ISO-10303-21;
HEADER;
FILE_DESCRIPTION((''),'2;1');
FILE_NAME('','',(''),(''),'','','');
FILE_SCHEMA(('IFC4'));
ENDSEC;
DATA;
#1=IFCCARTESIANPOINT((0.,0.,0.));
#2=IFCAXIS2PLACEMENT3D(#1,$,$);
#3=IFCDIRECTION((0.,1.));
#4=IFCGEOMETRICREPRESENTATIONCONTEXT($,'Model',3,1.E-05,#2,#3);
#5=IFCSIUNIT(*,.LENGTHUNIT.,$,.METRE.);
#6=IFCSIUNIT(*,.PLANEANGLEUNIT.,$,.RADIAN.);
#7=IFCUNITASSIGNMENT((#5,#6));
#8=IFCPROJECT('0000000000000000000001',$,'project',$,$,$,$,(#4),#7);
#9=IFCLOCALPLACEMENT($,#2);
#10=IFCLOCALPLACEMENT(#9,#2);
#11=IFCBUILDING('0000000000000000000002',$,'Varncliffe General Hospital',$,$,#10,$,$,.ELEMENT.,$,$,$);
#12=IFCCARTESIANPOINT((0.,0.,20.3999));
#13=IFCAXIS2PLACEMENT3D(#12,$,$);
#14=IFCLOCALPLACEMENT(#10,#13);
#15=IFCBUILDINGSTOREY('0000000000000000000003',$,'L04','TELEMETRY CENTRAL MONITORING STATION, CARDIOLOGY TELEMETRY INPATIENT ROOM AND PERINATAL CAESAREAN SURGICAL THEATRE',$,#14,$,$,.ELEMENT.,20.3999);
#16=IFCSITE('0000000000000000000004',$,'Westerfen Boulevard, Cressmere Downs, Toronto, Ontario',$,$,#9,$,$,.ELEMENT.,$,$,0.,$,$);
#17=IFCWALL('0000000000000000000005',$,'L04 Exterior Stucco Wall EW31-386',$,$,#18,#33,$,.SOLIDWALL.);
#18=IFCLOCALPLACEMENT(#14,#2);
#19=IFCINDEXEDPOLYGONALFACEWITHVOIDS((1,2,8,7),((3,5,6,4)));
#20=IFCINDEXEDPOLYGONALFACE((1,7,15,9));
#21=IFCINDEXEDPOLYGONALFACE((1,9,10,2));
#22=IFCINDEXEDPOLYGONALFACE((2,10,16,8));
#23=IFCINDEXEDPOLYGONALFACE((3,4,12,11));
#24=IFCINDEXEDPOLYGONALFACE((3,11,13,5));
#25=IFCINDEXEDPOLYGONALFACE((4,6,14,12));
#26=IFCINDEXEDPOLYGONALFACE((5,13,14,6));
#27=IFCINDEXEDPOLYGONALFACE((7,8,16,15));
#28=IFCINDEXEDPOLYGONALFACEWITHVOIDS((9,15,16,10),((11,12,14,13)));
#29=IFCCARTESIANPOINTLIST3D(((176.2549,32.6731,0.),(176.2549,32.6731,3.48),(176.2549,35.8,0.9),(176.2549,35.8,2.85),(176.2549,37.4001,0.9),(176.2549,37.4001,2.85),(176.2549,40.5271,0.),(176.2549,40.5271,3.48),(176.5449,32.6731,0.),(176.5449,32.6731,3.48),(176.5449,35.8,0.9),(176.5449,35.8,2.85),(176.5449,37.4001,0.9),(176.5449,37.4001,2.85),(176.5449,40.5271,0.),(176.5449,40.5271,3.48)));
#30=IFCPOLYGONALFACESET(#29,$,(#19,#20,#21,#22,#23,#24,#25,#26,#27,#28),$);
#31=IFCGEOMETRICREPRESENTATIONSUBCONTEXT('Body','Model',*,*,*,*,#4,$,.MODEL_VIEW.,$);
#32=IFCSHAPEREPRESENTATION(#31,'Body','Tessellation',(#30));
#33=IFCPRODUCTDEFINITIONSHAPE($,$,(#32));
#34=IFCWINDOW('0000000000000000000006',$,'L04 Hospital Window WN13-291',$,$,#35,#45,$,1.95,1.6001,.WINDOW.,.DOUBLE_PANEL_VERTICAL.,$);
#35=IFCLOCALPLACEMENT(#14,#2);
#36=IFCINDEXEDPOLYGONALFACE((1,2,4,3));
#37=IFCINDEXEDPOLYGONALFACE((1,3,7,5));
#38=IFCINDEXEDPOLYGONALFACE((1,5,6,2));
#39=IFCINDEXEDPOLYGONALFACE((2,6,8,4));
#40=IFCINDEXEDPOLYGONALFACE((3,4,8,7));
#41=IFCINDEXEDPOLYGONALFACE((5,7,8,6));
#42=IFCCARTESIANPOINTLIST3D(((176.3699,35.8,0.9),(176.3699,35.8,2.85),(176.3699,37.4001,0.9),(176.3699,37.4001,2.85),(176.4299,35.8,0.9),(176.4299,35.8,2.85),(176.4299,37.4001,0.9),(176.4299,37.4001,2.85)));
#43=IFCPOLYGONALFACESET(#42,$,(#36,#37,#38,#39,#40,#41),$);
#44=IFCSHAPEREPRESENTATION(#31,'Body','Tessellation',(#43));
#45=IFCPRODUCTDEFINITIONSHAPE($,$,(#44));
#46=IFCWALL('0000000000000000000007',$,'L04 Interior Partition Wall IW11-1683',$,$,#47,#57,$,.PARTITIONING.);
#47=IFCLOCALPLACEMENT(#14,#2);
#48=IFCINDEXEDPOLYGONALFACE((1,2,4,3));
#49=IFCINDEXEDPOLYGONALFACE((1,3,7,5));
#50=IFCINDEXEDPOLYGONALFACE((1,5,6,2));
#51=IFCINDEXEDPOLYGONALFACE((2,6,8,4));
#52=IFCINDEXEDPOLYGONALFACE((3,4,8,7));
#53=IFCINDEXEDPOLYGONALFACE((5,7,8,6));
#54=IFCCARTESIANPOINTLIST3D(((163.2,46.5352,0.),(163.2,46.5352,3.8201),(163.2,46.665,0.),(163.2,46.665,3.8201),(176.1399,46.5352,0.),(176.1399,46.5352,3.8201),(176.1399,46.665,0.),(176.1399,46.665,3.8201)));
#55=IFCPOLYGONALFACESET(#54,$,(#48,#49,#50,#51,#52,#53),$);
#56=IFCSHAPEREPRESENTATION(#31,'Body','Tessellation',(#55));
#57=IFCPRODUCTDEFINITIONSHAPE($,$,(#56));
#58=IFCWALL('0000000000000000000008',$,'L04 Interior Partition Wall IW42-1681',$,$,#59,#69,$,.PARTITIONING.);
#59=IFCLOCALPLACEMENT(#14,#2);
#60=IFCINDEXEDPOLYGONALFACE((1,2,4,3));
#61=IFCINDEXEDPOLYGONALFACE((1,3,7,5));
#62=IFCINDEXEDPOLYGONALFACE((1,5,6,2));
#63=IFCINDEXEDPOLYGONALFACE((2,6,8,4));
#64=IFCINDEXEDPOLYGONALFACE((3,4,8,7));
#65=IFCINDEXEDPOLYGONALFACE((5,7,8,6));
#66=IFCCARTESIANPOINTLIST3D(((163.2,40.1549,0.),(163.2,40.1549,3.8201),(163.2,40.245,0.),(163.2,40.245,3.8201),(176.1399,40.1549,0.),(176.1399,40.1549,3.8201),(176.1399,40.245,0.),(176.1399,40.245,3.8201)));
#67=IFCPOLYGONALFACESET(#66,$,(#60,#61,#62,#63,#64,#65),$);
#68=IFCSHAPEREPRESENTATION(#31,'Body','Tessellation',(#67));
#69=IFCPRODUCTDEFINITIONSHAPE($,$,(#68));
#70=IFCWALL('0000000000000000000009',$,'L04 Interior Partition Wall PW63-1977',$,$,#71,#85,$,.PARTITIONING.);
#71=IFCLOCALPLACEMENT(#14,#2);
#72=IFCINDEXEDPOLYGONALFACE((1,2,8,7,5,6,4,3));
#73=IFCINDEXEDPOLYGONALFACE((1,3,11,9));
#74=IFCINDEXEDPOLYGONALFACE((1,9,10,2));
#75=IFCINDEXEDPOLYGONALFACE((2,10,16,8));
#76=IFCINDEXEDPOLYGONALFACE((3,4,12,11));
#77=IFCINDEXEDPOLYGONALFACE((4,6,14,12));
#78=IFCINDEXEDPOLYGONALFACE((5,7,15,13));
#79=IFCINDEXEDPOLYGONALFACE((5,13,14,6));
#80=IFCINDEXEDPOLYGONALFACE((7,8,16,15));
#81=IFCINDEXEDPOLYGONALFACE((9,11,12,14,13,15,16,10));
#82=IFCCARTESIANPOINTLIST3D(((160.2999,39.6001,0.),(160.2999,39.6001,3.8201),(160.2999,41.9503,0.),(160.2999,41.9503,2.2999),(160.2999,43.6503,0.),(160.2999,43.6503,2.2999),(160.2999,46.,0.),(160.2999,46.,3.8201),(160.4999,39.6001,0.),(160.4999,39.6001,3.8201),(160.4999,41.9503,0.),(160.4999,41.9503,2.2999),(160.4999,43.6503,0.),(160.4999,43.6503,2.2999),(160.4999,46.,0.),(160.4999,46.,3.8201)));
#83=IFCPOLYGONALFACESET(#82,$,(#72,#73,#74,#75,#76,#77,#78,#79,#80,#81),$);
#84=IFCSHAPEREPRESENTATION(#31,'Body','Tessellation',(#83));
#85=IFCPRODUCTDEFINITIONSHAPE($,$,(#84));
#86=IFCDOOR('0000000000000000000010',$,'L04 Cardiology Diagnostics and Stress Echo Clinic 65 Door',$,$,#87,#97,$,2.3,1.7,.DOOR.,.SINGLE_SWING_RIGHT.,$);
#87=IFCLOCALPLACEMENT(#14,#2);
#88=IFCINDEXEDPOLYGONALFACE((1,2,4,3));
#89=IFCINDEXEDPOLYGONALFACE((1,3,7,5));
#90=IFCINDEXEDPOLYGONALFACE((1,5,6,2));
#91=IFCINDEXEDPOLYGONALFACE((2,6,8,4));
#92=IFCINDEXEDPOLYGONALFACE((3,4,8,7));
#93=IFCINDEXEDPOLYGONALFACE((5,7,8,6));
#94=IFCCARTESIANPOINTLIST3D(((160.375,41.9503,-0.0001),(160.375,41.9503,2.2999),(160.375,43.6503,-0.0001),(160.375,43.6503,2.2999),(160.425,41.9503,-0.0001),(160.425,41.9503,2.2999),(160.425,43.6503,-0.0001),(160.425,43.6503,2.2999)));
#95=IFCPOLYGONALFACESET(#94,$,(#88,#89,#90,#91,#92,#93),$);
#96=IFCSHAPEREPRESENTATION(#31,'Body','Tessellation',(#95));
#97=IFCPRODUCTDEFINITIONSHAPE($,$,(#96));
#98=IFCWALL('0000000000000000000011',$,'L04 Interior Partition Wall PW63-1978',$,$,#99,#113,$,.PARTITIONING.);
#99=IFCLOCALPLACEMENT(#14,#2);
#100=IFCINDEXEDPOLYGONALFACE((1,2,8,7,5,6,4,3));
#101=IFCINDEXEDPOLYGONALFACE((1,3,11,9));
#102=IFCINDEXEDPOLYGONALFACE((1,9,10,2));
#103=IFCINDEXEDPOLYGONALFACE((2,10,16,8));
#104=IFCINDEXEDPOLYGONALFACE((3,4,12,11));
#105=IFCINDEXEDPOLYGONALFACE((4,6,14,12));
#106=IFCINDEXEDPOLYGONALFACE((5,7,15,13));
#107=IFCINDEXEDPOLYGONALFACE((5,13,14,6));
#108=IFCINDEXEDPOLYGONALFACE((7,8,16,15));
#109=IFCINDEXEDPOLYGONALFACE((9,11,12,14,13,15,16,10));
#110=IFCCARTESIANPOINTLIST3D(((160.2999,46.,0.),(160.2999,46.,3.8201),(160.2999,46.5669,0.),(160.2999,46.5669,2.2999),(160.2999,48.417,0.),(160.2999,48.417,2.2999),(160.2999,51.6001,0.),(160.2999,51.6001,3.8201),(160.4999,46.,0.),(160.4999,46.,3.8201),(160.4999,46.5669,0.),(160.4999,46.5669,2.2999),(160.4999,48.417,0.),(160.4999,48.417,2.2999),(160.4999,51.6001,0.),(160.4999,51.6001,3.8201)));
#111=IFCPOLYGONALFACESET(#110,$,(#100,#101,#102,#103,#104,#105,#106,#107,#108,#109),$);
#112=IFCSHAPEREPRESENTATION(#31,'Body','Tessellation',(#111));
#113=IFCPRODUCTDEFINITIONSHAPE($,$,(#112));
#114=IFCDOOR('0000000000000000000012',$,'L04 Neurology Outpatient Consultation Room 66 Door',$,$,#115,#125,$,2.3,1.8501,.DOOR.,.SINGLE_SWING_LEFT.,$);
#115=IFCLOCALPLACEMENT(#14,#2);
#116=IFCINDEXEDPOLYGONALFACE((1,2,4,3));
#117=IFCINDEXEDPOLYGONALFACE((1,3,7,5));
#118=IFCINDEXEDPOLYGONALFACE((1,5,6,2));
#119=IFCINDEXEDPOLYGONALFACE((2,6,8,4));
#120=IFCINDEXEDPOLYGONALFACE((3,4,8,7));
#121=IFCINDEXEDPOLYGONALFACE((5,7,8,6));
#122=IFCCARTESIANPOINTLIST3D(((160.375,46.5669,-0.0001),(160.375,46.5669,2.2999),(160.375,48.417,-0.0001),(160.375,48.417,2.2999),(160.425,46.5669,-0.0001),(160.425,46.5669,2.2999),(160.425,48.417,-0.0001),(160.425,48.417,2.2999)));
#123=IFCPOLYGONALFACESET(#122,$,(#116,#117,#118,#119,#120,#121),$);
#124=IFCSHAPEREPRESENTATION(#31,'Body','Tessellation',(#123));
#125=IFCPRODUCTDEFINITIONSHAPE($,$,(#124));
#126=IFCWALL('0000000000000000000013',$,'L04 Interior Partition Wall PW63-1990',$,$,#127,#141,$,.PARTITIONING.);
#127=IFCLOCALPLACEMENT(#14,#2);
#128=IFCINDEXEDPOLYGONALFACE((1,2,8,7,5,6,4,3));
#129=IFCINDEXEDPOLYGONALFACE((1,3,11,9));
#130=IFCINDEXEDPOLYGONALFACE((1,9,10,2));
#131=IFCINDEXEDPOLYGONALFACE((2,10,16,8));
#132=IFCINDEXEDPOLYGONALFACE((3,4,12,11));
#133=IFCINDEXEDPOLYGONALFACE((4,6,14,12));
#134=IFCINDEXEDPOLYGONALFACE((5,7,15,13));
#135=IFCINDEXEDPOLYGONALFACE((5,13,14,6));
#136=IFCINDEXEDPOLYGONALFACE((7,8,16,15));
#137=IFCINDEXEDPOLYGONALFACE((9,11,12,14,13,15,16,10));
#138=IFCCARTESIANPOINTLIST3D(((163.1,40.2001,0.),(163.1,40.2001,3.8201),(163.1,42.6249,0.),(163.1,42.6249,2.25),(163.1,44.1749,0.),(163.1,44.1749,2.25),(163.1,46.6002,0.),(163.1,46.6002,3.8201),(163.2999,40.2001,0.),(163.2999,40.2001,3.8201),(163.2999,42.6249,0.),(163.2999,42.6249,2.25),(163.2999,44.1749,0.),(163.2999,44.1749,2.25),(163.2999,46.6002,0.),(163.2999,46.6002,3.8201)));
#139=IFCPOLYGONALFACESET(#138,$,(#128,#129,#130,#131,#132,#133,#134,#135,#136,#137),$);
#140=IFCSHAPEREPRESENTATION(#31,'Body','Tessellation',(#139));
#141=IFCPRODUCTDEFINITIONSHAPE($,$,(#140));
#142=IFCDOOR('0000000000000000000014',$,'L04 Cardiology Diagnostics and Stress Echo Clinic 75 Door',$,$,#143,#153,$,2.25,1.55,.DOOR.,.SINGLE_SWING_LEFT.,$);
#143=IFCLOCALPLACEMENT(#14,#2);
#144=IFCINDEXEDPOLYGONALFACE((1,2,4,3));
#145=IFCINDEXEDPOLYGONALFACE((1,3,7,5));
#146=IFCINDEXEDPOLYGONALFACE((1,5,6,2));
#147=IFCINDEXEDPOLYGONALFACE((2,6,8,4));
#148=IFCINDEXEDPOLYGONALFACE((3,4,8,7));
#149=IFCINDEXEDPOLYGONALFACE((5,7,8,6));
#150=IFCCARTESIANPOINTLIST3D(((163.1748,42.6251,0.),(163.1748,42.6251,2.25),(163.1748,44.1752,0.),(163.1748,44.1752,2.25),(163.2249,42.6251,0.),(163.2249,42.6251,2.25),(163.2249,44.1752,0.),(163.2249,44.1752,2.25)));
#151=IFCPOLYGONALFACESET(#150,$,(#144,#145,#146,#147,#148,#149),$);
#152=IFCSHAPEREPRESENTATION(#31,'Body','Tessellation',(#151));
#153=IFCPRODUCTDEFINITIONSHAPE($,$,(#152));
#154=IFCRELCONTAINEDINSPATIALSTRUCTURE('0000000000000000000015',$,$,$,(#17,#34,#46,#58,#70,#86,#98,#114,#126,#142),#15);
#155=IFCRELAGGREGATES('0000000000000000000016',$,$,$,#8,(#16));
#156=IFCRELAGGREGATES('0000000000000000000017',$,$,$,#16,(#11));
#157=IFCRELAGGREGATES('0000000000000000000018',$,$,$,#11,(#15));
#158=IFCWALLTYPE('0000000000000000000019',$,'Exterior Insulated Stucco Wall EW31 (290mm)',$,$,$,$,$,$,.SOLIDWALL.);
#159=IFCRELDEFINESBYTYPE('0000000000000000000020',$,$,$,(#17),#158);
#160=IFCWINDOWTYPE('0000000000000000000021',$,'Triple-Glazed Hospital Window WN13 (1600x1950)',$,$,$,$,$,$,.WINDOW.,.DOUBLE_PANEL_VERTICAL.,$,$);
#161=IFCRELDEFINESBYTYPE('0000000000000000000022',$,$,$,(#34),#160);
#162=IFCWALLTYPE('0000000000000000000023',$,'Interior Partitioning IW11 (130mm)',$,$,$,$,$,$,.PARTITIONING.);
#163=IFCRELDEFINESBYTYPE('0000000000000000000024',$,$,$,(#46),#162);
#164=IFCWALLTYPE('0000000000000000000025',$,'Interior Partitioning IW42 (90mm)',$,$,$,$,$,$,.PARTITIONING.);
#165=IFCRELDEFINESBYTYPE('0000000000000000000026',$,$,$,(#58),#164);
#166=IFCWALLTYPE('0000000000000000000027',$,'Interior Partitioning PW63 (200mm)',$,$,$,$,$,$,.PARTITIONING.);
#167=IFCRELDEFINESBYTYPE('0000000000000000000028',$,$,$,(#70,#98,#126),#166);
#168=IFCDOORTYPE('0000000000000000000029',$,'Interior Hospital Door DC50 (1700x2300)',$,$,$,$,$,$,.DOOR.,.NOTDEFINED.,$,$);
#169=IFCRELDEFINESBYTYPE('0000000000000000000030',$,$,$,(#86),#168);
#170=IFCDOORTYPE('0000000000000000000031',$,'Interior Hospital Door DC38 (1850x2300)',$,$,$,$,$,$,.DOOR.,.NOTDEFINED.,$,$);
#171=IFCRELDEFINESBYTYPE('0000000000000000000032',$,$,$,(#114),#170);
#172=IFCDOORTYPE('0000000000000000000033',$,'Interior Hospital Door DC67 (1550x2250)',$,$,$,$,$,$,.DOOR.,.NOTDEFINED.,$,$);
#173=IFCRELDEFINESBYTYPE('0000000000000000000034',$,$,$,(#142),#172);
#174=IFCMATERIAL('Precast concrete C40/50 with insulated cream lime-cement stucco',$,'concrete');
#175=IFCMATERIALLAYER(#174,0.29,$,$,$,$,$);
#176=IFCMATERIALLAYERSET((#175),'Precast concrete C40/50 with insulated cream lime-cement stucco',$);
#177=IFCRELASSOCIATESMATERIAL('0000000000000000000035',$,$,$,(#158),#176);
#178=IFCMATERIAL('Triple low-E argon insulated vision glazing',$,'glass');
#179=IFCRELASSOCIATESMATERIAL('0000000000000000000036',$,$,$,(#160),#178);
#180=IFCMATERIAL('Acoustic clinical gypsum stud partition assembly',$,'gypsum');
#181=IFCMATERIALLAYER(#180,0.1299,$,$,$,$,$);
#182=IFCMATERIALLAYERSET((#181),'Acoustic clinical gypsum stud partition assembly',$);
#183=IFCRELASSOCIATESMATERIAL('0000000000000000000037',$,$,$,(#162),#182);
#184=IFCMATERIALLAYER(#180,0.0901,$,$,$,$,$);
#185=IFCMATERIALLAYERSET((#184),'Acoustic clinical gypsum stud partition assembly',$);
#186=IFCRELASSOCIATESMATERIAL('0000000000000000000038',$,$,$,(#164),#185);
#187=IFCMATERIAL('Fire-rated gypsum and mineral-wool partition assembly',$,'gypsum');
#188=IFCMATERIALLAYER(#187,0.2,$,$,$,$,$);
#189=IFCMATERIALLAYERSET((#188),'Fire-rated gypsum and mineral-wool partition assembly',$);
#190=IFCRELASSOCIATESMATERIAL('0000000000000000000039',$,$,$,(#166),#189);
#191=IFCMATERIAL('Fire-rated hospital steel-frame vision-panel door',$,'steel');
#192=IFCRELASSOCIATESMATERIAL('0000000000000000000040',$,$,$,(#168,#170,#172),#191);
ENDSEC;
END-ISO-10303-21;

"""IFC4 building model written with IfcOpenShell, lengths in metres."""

from ifc_helpers import new_model, si_unit, direction, frame, frame_2d, origin, place, context, subcontext, project, spatial, rectangle, extrude, material, layer, layer_set, type_object, element, fill, save


model = new_model("IFC4")

# Units and contexts
model_context = context("Model", 3, precision=1e-05, world=origin(), true_north=direction((0.0, 1.0)))
body_context = subcontext(model_context, "Body", "Model", "MODEL_VIEW")
ifc_project = project(units=[si_unit("LENGTHUNIT", "METRE"), si_unit("PLANEANGLEUNIT", "RADIAN")], contexts=[model_context])

# Site, building, storey
site_placement = place(None, origin())
site = spatial("IfcSite", under=ifc_project, at=site_placement, Name="Westerfen Boulevard, Cressmere Downs, Toronto, Ontario", CompositionType="ELEMENT", RefElevation=0.0)
building_placement = place(site_placement, origin())
building = spatial("IfcBuilding", under=site, at=building_placement, Name="Varncliffe General Hospital", CompositionType="ELEMENT")
storey_placement = place(building_placement, frame((0.0, 0.0, 20.3999)))
storey = spatial("IfcBuildingStorey", under=building, at=storey_placement, Name="L04", Description="TELEMETRY CENTRAL MONITORING STATION, CARDIOLOGY TELEMETRY INPATIENT ROOM AND PERINATAL CAESAREAN SURGICAL THEATRE", CompositionType="ELEMENT", Elevation=20.3999)

# Wall, opening, window
ifc_material_1 = material(Name="Precast concrete C40/50 with insulated cream lime-cement stucco", Category="concrete")
ifc_material_2 = material(Name="Triple low-E argon insulated vision glazing", Category="glass")
ifc_layer_1 = layer(ifc_material_1, 0.29)
ifc_layer_set_1 = layer_set([ifc_layer_1], Name="Precast concrete C40/50 with insulated cream lime-cement stucco")
wall_type_1 = type_object("IfcWallType", Name="Exterior Insulated Stucco Wall EW31 (290mm)", PredefinedType="SOLIDWALL", material=ifc_layer_set_1)
wall_1_placement = place(storey_placement, frame((176.3999, 40.5271, 0.0), z_axis=(0.0, 0.0, 1.0), x_axis=(0.0, -1.0, 0.0)))
wall_1 = element("IfcWall", 1, at=wall_1_placement, inside=storey, type_object=wall_type_1, Name="L04 Exterior Stucco Wall EW31-386", PredefinedType="SOLIDWALL", context=body_context, shape_type="SweptSolid", body=[
    extrude(rectangle(XDim=7.854, YDim=0.29, at=frame_2d((3.927, 0.0))), origin(), (0.0, 0.0, 1.0), 3.48),
])
opening_1_placement = place(wall_1_placement, frame((3.127, 0.0, 0.8999)))
opening_1 = element("IfcOpeningElement", 2, at=opening_1_placement, cuts=wall_1, PredefinedType="OPENING", context=body_context, shape_type="SweptSolid", body=[
    extrude(rectangle(XDim=1.6001, YDim=1.95, at=frame_2d((0.8, 0.9751))), frame((0.0, 0.155, 0.0), z_axis=(0.0, -1.0, 0.0), x_axis=(1.0, 0.0, 0.0)), (0.0, 0.0, 1.0), 0.3101),
])
window_type_1 = type_object("IfcWindowType", Name="Triple-Glazed Hospital Window WN13 (1600x1950)", PartitioningType="DOUBLE_PANEL_VERTICAL", PredefinedType="WINDOW", material=ifc_material_2)
window_1_placement = place(opening_1_placement, origin())
window_1 = element("IfcWindow", 3, at=window_1_placement, inside=storey, type_object=window_type_1, Name="L04 Hospital Window WN13-291", OverallHeight=1.95, OverallWidth=1.6001, PartitioningType="DOUBLE_PANEL_VERTICAL", PredefinedType="WINDOW", context=body_context, shape_type="SweptSolid", body=[
    extrude(rectangle(XDim=1.6001, YDim=1.95, at=frame_2d((0.8, 0.9751))), frame((0.0, 0.03, 0.0), z_axis=(0.0, -1.0, 0.0), x_axis=(1.0, 0.0, 0.0)), (0.0, 0.0, 1.0), 0.0601),
])
fill(opening_1, window_1)

# Walls
ifc_material_3 = material(Name="Acoustic clinical gypsum stud partition assembly", Category="gypsum")
ifc_layer_2 = layer(ifc_material_3, 0.1299)
ifc_layer_set_2 = layer_set([ifc_layer_2], Name="Acoustic clinical gypsum stud partition assembly")
wall_type_2 = type_object("IfcWallType", Name="Interior Partitioning IW11 (130mm)", PredefinedType="PARTITIONING", material=ifc_layer_set_2)
wall_2_placement = place(storey_placement, frame((163.2, 46.6001, 0.0), z_axis=(0.0, 0.0, 1.0), x_axis=(1.0, 0.0, 0.0)))
element("IfcWall", 4, at=wall_2_placement, inside=storey, type_object=wall_type_2, Name="L04 Interior Partition Wall IW11-1683", PredefinedType="PARTITIONING", context=body_context, shape_type="SweptSolid", body=[
    extrude(rectangle(XDim=12.9399, YDim=0.1299, at=frame_2d((6.47, 0.0))), origin(), (0.0, 0.0, 1.0), 3.8201),
])
ifc_layer_3 = layer(ifc_material_3, 0.0901)
ifc_layer_set_3 = layer_set([ifc_layer_3], Name="Acoustic clinical gypsum stud partition assembly")
wall_type_3 = type_object("IfcWallType", Name="Interior Partitioning IW42 (90mm)", PredefinedType="PARTITIONING", material=ifc_layer_set_3)
wall_3_placement = place(storey_placement, frame((163.2, 40.2, 0.0), z_axis=(0.0, 0.0, 1.0), x_axis=(1.0, 0.0, 0.0)))
element("IfcWall", 5, at=wall_3_placement, inside=storey, type_object=wall_type_3, Name="L04 Interior Partition Wall IW42-1681", PredefinedType="PARTITIONING", context=body_context, shape_type="SweptSolid", body=[
    extrude(rectangle(XDim=12.9399, YDim=0.0901, at=frame_2d((6.47, 0.0))), origin(), (0.0, 0.0, 1.0), 3.8201),
])

# Walls, openings, doors
ifc_material_4 = material(Name="Fire-rated gypsum and mineral-wool partition assembly", Category="gypsum")
ifc_layer_4 = layer(ifc_material_4, 0.2)
ifc_layer_set_4 = layer_set([ifc_layer_4], Name="Fire-rated gypsum and mineral-wool partition assembly")
wall_type_4 = type_object("IfcWallType", Name="Interior Partitioning PW63 (200mm)", PredefinedType="PARTITIONING", material=ifc_layer_set_4)
wall_4_placement = place(storey_placement, frame((160.3999, 39.6001, 0.0), z_axis=(0.0, 0.0, 1.0), x_axis=(0.0, 1.0, 0.0)))
wall_4 = element("IfcWall", 6, at=wall_4_placement, inside=storey, type_object=wall_type_4, Name="L04 Interior Partition Wall PW63-1977", PredefinedType="PARTITIONING", context=body_context, shape_type="SweptSolid", body=[
    extrude(rectangle(XDim=6.3999, YDim=0.2, at=frame_2d((3.2, 0.0))), origin(), (0.0, 0.0, 1.0), 3.8201),
])
opening_2_placement = place(wall_4_placement, frame((2.3501, 0.0, 0.0)))
opening_2 = element("IfcOpeningElement", 7, at=opening_2_placement, cuts=wall_4, PredefinedType="OPENING", context=body_context, shape_type="SweptSolid", body=[
    extrude(rectangle(XDim=1.7, YDim=2.3, at=frame_2d((0.8501, 1.1499))), frame((0.0, 0.1099, 0.0), z_axis=(0.0, -1.0, 0.0), x_axis=(1.0, 0.0, 0.0)), (0.0, 0.0, 1.0), 0.22),
])
ifc_material_5 = material(Name="Fire-rated hospital steel-frame vision-panel door", Category="steel")
door_type_1 = type_object("IfcDoorType", Name="Interior Hospital Door DC50 (1700x2300)", OperationType="NOTDEFINED", PredefinedType="DOOR", material=ifc_material_5)
door_1_placement = place(opening_2_placement, origin())
door_1 = element("IfcDoor", 8, at=door_1_placement, inside=storey, type_object=door_type_1, Name="L04 Cardiology Diagnostics and Stress Echo Clinic 65 Door", OperationType="SINGLE_SWING_RIGHT", OverallHeight=2.3, OverallWidth=1.7, PredefinedType="DOOR", context=body_context, shape_type="SweptSolid", body=[
    extrude(rectangle(XDim=1.7, YDim=2.3, at=frame_2d((0.8501, 1.1499))), frame((0.0, 0.0249, 0.0), z_axis=(0.0, -1.0, 0.0), x_axis=(1.0, 0.0, 0.0)), (0.0, 0.0, 1.0), 0.05),
])
fill(opening_2, door_1)
wall_5_placement = place(storey_placement, frame((160.3999, 46.0, 0.0), z_axis=(0.0, 0.0, 1.0), x_axis=(0.0, 1.0, 0.0)))
wall_5 = element("IfcWall", 9, at=wall_5_placement, inside=storey, type_object=wall_type_4, Name="L04 Interior Partition Wall PW63-1978", PredefinedType="PARTITIONING", context=body_context, shape_type="SweptSolid", body=[
    extrude(rectangle(XDim=5.6001, YDim=0.2, at=frame_2d((2.8, 0.0))), origin(), (0.0, 0.0, 1.0), 3.8201),
])
opening_3_placement = place(wall_5_placement, frame((0.5669, 0.0, 0.0)))
opening_3 = element("IfcOpeningElement", 10, at=opening_3_placement, cuts=wall_5, PredefinedType="OPENING", context=body_context, shape_type="SweptSolid", body=[
    extrude(rectangle(XDim=1.8501, YDim=2.3, at=frame_2d((0.925, 1.1499))), frame((0.0, 0.1099, 0.0), z_axis=(0.0, -1.0, 0.0), x_axis=(1.0, 0.0, 0.0)), (0.0, 0.0, 1.0), 0.22),
])
door_type_2 = type_object("IfcDoorType", Name="Interior Hospital Door DC38 (1850x2300)", OperationType="NOTDEFINED", PredefinedType="DOOR", material=ifc_material_5)
door_2_placement = place(opening_3_placement, origin())
door_2 = element("IfcDoor", 11, at=door_2_placement, inside=storey, type_object=door_type_2, Name="L04 Neurology Outpatient Consultation Room 66 Door", OperationType="SINGLE_SWING_LEFT", OverallHeight=2.3, OverallWidth=1.8501, PredefinedType="DOOR", context=body_context, shape_type="SweptSolid", body=[
    extrude(rectangle(XDim=1.8501, YDim=2.3, at=frame_2d((0.925, 1.1499))), frame((0.0, 0.0249, 0.0), z_axis=(0.0, -1.0, 0.0), x_axis=(1.0, 0.0, 0.0)), (0.0, 0.0, 1.0), 0.05),
])
fill(opening_3, door_2)
wall_6_placement = place(storey_placement, frame((163.2, 40.2, 0.0), z_axis=(0.0, 0.0, 1.0), x_axis=(0.0, 1.0, 0.0)))
wall_6 = element("IfcWall", 12, at=wall_6_placement, inside=storey, type_object=wall_type_4, Name="L04 Interior Partition Wall PW63-1990", PredefinedType="PARTITIONING", context=body_context, shape_type="SweptSolid", body=[
    extrude(rectangle(XDim=6.4001, YDim=0.2, at=frame_2d((3.2002, 0.0))), origin(), (0.0, 0.0, 1.0), 3.8201),
])
opening_4_placement = place(wall_6_placement, frame((2.425, 0.0, 0.0)))
opening_4 = element("IfcOpeningElement", 13, at=opening_4_placement, cuts=wall_6, PredefinedType="OPENING", context=body_context, shape_type="SweptSolid", body=[
    extrude(rectangle(XDim=1.55, YDim=2.25, at=frame_2d((0.7749, 1.125))), frame((0.0, 0.1099, 0.0), z_axis=(0.0, -1.0, 0.0), x_axis=(1.0, 0.0, 0.0)), (0.0, 0.0, 1.0), 0.22),
])
door_type_3 = type_object("IfcDoorType", Name="Interior Hospital Door DC67 (1550x2250)", OperationType="NOTDEFINED", PredefinedType="DOOR", material=ifc_material_5)
door_3_placement = place(opening_4_placement, frame((1.55, 0.0, 0.0), z_axis=(0.0, 0.0, 1.0), x_axis=(-1.0, 0.0, 0.0)))
door_3 = element("IfcDoor", 14, at=door_3_placement, inside=storey, type_object=door_type_3, Name="L04 Cardiology Diagnostics and Stress Echo Clinic 75 Door", OperationType="SINGLE_SWING_LEFT", OverallHeight=2.25, OverallWidth=1.55, PredefinedType="DOOR", context=body_context, shape_type="SweptSolid", body=[
    extrude(rectangle(XDim=1.55, YDim=2.25, at=frame_2d((0.7749, 1.125))), frame((0.0, 0.0249, 0.0), z_axis=(0.0, -1.0, 0.0), x_axis=(1.0, 0.0, 0.0)), (0.0, 0.0, 1.0), 0.05),
])
fill(opening_4, door_3)

save(model, "model.ifc")
